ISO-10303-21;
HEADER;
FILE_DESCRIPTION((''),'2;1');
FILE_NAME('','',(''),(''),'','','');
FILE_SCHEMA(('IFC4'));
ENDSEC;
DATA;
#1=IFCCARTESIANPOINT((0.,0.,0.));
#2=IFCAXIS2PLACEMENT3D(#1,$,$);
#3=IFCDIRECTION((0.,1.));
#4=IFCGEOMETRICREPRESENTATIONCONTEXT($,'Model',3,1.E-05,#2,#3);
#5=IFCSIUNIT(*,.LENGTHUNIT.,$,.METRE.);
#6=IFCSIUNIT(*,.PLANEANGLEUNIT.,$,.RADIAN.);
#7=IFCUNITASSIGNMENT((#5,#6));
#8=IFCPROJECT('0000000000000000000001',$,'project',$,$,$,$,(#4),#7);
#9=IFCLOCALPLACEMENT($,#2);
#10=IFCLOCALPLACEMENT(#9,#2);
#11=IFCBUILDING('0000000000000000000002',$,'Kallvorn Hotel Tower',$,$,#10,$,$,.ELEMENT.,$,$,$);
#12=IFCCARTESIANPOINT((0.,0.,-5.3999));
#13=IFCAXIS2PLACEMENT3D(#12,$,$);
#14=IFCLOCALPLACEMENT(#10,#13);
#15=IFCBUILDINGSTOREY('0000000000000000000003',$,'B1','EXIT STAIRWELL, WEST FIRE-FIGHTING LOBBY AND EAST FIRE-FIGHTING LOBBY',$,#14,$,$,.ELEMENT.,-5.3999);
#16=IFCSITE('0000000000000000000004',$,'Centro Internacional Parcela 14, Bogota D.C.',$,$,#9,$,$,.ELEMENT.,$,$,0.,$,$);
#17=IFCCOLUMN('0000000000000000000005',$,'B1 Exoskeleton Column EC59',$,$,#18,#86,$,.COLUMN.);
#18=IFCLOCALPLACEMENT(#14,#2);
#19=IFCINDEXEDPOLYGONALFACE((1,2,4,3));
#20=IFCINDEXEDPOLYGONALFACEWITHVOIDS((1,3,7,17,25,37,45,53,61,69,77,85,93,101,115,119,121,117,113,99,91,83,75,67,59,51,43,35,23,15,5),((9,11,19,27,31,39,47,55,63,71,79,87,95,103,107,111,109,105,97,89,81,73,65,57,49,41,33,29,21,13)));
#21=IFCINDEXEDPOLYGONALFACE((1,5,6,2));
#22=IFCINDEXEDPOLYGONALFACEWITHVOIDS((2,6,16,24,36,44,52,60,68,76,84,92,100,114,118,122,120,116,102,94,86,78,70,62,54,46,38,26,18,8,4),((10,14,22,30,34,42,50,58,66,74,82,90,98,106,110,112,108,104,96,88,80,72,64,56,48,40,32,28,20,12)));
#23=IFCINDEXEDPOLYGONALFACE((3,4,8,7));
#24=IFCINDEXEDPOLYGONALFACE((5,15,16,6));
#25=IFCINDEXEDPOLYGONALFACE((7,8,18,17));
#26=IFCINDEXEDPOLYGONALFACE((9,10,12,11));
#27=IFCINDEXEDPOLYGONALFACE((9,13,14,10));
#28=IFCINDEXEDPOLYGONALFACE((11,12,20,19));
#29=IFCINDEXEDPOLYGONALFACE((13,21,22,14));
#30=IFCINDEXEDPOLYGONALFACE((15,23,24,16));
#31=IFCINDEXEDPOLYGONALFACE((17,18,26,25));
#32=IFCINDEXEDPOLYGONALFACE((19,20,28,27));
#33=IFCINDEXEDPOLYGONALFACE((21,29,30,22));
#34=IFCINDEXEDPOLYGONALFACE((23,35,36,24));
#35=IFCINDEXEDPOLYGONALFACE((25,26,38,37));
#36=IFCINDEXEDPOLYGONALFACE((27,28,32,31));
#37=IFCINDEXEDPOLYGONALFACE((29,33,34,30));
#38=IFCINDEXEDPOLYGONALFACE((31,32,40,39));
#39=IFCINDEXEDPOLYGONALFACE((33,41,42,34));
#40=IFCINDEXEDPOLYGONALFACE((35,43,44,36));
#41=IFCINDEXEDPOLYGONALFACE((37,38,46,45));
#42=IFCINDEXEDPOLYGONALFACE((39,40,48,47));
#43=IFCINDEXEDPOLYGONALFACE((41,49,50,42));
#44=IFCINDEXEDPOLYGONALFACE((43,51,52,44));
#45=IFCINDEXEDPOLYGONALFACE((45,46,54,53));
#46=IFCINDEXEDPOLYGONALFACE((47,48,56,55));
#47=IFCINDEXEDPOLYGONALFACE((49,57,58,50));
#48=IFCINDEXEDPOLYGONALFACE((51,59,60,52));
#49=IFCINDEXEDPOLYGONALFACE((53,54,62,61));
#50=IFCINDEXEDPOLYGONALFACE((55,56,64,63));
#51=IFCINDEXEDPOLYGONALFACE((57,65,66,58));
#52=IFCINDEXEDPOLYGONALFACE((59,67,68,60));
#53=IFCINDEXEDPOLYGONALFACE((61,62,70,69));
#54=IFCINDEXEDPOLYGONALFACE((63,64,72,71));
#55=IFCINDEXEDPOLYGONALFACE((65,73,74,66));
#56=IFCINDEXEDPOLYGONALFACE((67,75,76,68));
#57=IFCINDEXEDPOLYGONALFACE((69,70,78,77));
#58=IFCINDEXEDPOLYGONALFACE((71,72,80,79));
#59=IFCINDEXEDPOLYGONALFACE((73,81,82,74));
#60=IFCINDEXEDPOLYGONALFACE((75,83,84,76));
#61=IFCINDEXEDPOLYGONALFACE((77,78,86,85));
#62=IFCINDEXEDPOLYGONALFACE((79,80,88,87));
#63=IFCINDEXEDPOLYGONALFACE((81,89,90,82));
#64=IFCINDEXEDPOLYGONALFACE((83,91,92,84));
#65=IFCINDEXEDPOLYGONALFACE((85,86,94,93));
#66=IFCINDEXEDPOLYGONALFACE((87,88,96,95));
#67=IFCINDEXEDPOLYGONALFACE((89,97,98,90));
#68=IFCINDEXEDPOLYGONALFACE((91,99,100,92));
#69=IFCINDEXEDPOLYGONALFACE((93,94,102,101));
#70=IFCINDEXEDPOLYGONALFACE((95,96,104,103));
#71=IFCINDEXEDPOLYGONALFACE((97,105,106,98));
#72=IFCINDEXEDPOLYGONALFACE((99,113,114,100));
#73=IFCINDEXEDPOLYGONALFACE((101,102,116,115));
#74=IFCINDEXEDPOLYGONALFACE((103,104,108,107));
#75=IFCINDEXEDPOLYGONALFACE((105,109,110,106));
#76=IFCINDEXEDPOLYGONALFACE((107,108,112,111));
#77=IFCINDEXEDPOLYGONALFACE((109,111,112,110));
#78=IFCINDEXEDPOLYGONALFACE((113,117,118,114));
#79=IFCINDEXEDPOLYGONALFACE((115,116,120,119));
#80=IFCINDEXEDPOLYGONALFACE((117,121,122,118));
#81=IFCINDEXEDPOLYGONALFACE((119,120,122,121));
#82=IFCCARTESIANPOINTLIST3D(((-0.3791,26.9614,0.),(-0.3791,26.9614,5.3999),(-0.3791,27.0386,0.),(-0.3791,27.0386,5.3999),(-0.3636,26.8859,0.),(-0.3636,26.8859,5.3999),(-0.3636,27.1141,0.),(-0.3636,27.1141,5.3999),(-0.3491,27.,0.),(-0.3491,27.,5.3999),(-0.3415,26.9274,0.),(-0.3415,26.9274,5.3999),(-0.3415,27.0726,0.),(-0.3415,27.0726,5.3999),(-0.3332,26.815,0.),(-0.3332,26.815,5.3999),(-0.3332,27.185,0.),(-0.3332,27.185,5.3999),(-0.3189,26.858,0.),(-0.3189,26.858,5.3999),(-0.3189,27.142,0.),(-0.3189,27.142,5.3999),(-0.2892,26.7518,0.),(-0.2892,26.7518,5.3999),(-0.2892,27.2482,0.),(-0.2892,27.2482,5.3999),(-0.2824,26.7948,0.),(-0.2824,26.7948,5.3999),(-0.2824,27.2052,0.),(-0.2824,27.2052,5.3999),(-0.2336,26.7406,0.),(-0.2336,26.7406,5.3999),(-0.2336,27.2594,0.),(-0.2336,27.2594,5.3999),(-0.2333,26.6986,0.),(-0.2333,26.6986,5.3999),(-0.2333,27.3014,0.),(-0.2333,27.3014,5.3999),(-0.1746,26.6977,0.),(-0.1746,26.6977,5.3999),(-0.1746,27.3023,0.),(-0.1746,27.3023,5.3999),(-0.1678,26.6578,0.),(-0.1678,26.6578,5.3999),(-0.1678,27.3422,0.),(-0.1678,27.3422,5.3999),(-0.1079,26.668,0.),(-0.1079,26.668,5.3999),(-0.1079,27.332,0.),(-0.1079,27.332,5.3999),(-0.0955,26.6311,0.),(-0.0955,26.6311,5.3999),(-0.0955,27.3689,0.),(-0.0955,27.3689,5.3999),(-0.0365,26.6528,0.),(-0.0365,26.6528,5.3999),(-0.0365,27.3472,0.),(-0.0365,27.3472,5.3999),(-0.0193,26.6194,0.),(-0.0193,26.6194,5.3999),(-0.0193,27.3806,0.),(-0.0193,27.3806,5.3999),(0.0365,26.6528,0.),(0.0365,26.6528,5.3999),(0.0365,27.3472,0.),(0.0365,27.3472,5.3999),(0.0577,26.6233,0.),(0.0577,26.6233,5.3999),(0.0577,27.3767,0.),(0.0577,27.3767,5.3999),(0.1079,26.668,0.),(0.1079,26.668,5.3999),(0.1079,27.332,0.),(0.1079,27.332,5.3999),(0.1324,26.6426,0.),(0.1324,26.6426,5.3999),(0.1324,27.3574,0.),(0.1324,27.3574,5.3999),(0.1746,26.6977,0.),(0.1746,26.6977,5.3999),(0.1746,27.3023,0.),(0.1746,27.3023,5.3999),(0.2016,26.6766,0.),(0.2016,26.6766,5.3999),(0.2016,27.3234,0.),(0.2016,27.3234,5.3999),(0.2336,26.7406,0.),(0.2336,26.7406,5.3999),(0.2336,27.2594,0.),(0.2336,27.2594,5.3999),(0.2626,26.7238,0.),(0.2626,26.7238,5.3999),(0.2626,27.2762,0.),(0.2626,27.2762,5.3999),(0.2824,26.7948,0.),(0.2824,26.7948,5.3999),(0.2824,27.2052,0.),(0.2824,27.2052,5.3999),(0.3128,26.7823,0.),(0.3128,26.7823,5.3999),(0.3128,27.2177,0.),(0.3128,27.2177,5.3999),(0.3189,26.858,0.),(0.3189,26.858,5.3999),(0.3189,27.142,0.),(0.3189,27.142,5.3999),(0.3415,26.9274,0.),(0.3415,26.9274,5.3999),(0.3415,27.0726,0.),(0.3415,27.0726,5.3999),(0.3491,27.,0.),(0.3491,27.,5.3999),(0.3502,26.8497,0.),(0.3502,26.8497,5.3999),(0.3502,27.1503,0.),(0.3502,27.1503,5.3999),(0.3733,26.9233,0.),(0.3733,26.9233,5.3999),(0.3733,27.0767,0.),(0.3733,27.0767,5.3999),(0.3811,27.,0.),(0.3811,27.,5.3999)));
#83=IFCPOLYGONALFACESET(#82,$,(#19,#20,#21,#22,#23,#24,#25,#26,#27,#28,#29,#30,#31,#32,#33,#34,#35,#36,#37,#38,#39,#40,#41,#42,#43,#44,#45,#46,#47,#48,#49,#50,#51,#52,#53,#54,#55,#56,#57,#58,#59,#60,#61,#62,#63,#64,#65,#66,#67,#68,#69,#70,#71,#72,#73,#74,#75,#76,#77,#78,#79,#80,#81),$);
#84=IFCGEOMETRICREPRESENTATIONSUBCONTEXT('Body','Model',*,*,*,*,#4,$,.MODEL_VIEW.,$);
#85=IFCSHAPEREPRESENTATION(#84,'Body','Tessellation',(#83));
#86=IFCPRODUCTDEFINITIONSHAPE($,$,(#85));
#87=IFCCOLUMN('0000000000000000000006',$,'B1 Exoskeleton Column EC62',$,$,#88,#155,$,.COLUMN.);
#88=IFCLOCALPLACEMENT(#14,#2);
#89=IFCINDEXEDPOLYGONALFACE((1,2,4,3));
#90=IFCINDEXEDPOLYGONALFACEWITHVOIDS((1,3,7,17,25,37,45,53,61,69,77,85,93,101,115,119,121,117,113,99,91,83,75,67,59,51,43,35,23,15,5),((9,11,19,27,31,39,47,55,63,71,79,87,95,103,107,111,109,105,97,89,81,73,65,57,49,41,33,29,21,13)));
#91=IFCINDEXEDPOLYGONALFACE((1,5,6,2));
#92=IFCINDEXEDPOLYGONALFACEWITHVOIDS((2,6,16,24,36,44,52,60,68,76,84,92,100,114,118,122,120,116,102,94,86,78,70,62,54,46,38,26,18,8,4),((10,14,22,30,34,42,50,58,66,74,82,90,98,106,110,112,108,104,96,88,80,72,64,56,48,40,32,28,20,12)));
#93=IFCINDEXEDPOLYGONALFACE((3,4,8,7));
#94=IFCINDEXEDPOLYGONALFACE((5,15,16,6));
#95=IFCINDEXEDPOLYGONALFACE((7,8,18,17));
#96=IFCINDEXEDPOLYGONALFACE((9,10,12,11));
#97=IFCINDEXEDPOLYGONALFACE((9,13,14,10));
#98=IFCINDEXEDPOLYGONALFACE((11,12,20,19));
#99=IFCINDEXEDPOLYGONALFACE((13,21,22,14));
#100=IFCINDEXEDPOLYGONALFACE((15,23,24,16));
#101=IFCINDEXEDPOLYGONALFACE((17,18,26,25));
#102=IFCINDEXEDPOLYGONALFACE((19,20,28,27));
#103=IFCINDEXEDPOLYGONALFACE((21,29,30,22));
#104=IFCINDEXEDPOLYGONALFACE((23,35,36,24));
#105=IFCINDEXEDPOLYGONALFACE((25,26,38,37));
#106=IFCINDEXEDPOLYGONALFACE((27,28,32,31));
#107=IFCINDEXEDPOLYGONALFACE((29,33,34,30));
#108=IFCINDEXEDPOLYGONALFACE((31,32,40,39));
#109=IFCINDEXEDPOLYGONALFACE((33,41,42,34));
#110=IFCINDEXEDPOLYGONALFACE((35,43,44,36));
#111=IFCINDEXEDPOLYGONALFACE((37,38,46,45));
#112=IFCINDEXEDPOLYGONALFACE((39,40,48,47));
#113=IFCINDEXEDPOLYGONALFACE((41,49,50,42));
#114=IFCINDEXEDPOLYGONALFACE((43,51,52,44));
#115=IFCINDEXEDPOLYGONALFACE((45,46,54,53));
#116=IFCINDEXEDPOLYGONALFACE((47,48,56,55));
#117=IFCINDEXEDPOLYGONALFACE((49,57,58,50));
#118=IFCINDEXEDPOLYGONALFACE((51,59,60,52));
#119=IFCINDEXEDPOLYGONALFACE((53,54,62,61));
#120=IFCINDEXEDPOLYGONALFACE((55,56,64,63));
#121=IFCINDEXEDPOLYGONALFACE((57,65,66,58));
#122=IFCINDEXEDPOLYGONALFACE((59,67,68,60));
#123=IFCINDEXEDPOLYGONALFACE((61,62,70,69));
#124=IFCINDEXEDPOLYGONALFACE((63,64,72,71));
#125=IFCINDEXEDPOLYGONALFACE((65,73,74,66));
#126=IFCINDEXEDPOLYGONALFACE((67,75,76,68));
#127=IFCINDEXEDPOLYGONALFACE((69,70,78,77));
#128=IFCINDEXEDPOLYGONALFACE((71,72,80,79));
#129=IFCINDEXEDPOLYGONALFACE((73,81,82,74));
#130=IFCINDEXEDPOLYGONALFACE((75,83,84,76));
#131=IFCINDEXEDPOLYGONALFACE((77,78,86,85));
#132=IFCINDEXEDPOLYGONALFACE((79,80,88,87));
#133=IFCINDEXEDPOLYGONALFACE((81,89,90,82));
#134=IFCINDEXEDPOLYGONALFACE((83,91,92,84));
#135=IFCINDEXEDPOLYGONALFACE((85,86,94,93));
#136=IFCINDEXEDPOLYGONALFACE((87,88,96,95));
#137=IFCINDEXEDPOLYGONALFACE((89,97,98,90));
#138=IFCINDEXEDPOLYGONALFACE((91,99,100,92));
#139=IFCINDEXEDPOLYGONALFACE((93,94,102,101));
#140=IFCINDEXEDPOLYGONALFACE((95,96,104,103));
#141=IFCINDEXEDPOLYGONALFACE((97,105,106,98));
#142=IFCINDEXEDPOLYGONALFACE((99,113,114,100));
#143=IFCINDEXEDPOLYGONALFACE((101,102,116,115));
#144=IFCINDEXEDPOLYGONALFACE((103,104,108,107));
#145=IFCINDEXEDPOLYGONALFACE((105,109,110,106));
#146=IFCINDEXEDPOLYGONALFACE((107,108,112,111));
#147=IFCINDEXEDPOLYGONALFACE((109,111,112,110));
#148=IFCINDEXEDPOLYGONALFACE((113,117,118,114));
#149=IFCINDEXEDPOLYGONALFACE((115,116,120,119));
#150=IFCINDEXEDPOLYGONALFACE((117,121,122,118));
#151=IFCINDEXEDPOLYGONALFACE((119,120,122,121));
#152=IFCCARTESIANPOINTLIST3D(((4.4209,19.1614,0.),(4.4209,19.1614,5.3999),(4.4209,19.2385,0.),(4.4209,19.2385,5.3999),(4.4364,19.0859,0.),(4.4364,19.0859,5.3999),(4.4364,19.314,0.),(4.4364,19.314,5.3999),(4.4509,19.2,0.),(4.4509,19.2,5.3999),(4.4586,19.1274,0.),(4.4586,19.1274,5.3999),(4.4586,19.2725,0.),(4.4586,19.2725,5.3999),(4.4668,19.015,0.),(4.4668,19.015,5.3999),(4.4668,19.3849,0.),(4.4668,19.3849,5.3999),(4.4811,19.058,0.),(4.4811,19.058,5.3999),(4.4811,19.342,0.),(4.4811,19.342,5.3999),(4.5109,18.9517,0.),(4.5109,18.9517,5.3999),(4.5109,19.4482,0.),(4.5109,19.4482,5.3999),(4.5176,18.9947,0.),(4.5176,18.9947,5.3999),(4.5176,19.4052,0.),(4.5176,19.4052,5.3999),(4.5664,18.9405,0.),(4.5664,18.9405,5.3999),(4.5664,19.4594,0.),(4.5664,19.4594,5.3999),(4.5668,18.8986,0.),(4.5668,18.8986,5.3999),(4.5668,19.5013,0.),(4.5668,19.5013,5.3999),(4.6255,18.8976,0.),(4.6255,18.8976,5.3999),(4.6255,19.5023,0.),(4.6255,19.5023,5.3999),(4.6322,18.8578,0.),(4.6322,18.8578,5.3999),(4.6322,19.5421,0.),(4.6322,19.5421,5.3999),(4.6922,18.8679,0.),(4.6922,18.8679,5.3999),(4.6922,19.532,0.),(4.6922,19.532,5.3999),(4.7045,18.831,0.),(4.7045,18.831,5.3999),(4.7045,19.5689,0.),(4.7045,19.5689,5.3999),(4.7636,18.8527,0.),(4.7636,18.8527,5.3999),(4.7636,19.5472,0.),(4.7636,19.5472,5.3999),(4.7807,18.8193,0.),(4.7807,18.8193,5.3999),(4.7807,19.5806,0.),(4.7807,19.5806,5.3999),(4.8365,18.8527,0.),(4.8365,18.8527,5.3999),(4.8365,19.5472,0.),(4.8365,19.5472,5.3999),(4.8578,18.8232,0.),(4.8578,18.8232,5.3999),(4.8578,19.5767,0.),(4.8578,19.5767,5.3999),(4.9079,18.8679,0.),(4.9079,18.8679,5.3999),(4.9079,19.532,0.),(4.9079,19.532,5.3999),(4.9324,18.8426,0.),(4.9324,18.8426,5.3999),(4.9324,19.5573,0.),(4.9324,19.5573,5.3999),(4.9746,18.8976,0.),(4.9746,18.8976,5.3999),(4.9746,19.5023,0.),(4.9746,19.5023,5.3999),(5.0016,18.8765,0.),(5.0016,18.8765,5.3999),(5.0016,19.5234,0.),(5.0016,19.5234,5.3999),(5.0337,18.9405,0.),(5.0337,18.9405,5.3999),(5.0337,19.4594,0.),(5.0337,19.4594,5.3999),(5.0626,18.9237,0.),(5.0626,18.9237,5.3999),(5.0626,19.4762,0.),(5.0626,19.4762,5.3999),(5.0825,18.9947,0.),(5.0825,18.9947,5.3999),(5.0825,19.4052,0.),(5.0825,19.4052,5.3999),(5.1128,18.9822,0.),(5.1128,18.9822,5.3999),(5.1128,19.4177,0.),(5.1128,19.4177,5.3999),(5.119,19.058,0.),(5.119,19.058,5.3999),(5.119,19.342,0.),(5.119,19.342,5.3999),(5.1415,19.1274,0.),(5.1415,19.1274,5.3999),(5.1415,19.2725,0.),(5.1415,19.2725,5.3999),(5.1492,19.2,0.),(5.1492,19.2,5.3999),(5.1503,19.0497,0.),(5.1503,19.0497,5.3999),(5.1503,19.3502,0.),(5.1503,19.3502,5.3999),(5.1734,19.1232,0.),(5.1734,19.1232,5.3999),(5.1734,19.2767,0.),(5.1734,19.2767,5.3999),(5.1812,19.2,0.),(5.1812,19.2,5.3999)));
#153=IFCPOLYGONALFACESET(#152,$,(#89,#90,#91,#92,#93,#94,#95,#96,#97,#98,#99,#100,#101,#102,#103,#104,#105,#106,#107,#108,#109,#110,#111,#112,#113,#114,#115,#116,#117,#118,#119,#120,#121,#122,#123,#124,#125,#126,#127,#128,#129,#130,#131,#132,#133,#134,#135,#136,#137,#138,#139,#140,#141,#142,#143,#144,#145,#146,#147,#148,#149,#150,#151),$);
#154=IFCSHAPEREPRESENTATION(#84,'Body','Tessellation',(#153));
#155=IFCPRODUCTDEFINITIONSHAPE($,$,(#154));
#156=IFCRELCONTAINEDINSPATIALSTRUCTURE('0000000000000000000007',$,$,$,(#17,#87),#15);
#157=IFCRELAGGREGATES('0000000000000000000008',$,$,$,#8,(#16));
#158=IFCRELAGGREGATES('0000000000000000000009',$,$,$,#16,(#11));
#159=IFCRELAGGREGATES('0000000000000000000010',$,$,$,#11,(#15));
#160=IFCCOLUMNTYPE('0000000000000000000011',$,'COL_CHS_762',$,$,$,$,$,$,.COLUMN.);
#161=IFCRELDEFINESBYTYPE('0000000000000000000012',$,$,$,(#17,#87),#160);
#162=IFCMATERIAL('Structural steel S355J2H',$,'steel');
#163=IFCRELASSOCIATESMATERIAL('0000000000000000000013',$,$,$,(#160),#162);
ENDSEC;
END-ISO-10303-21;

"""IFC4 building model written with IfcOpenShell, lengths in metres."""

from ifc_helpers import new_model, si_unit, direction, frame, origin, origin_2d, place, context, subcontext, project, spatial, hollow_circle, extrude, material, material_profile, profile_set, type_object, element, save


model = new_model("IFC4")

# Units and contexts
model_context = context("Model", 3, precision=1e-05, world=origin(), true_north=direction((0.0, 1.0)))
body_context = subcontext(model_context, "Body", "Model", "MODEL_VIEW")
ifc_project = project(units=[si_unit("LENGTHUNIT", "METRE"), si_unit("PLANEANGLEUNIT", "RADIAN")], contexts=[model_context])

# Site, building, storey
site_placement = place(None, origin())
site = spatial("IfcSite", under=ifc_project, at=site_placement, Name="Centro Internacional Parcela 14, Bogota D.C.", CompositionType="ELEMENT", RefElevation=0.0)
building_placement = place(site_placement, origin())
building = spatial("IfcBuilding", under=site, at=building_placement, Name="Kallvorn Hotel Tower", CompositionType="ELEMENT")
storey_placement = place(building_placement, frame((0.0, 0.0, -5.3999)))
storey = spatial("IfcBuildingStorey", under=building, at=storey_placement, Name="B1", Description="EXIT STAIRWELL, WEST FIRE-FIGHTING LOBBY AND EAST FIRE-FIGHTING LOBBY", CompositionType="ELEMENT", Elevation=-5.3999)

# Columns
ifc_material_1 = material(Name="Structural steel S355J2H", Category="steel")
ifc_material_profile_1 = material_profile(ifc_material_1, hollow_circle(Radius=0.3811, WallThickness=0.032, at=origin_2d()), Name="CHS 762x32")
ifc_profile_set_1 = profile_set([ifc_material_profile_1], Name="Structural steel S355J2H")
column_type_1 = type_object("IfcColumnType", Name="COL_CHS_762", PredefinedType="COLUMN", material=ifc_profile_set_1)
for number, where, z_axis, x_axis, name in (
    (1, (0.0, 27.0, 0.0), (0.0, 0.0, 1.0), (1.0, 0.0, 0.0), "B1 Exoskeleton Column EC59"),
    (2, (4.8, 19.2, 0.0), (0.0, 0.0, 1.0), (1.0, 0.0, 0.0), "B1 Exoskeleton Column EC62"),
):
    element("IfcColumn", number, at=place(storey_placement, frame(where, z_axis=z_axis, x_axis=x_axis)), inside=storey, type_object=column_type_1, Name=name, PredefinedType="COLUMN", context=body_context, shape_type="SweptSolid", body=[
        extrude(hollow_circle(Radius=0.3811, WallThickness=0.032, at=origin_2d()), origin(), (0.0, 0.0, 1.0), 5.3999),
    ])

save(model, "model.ifc")
